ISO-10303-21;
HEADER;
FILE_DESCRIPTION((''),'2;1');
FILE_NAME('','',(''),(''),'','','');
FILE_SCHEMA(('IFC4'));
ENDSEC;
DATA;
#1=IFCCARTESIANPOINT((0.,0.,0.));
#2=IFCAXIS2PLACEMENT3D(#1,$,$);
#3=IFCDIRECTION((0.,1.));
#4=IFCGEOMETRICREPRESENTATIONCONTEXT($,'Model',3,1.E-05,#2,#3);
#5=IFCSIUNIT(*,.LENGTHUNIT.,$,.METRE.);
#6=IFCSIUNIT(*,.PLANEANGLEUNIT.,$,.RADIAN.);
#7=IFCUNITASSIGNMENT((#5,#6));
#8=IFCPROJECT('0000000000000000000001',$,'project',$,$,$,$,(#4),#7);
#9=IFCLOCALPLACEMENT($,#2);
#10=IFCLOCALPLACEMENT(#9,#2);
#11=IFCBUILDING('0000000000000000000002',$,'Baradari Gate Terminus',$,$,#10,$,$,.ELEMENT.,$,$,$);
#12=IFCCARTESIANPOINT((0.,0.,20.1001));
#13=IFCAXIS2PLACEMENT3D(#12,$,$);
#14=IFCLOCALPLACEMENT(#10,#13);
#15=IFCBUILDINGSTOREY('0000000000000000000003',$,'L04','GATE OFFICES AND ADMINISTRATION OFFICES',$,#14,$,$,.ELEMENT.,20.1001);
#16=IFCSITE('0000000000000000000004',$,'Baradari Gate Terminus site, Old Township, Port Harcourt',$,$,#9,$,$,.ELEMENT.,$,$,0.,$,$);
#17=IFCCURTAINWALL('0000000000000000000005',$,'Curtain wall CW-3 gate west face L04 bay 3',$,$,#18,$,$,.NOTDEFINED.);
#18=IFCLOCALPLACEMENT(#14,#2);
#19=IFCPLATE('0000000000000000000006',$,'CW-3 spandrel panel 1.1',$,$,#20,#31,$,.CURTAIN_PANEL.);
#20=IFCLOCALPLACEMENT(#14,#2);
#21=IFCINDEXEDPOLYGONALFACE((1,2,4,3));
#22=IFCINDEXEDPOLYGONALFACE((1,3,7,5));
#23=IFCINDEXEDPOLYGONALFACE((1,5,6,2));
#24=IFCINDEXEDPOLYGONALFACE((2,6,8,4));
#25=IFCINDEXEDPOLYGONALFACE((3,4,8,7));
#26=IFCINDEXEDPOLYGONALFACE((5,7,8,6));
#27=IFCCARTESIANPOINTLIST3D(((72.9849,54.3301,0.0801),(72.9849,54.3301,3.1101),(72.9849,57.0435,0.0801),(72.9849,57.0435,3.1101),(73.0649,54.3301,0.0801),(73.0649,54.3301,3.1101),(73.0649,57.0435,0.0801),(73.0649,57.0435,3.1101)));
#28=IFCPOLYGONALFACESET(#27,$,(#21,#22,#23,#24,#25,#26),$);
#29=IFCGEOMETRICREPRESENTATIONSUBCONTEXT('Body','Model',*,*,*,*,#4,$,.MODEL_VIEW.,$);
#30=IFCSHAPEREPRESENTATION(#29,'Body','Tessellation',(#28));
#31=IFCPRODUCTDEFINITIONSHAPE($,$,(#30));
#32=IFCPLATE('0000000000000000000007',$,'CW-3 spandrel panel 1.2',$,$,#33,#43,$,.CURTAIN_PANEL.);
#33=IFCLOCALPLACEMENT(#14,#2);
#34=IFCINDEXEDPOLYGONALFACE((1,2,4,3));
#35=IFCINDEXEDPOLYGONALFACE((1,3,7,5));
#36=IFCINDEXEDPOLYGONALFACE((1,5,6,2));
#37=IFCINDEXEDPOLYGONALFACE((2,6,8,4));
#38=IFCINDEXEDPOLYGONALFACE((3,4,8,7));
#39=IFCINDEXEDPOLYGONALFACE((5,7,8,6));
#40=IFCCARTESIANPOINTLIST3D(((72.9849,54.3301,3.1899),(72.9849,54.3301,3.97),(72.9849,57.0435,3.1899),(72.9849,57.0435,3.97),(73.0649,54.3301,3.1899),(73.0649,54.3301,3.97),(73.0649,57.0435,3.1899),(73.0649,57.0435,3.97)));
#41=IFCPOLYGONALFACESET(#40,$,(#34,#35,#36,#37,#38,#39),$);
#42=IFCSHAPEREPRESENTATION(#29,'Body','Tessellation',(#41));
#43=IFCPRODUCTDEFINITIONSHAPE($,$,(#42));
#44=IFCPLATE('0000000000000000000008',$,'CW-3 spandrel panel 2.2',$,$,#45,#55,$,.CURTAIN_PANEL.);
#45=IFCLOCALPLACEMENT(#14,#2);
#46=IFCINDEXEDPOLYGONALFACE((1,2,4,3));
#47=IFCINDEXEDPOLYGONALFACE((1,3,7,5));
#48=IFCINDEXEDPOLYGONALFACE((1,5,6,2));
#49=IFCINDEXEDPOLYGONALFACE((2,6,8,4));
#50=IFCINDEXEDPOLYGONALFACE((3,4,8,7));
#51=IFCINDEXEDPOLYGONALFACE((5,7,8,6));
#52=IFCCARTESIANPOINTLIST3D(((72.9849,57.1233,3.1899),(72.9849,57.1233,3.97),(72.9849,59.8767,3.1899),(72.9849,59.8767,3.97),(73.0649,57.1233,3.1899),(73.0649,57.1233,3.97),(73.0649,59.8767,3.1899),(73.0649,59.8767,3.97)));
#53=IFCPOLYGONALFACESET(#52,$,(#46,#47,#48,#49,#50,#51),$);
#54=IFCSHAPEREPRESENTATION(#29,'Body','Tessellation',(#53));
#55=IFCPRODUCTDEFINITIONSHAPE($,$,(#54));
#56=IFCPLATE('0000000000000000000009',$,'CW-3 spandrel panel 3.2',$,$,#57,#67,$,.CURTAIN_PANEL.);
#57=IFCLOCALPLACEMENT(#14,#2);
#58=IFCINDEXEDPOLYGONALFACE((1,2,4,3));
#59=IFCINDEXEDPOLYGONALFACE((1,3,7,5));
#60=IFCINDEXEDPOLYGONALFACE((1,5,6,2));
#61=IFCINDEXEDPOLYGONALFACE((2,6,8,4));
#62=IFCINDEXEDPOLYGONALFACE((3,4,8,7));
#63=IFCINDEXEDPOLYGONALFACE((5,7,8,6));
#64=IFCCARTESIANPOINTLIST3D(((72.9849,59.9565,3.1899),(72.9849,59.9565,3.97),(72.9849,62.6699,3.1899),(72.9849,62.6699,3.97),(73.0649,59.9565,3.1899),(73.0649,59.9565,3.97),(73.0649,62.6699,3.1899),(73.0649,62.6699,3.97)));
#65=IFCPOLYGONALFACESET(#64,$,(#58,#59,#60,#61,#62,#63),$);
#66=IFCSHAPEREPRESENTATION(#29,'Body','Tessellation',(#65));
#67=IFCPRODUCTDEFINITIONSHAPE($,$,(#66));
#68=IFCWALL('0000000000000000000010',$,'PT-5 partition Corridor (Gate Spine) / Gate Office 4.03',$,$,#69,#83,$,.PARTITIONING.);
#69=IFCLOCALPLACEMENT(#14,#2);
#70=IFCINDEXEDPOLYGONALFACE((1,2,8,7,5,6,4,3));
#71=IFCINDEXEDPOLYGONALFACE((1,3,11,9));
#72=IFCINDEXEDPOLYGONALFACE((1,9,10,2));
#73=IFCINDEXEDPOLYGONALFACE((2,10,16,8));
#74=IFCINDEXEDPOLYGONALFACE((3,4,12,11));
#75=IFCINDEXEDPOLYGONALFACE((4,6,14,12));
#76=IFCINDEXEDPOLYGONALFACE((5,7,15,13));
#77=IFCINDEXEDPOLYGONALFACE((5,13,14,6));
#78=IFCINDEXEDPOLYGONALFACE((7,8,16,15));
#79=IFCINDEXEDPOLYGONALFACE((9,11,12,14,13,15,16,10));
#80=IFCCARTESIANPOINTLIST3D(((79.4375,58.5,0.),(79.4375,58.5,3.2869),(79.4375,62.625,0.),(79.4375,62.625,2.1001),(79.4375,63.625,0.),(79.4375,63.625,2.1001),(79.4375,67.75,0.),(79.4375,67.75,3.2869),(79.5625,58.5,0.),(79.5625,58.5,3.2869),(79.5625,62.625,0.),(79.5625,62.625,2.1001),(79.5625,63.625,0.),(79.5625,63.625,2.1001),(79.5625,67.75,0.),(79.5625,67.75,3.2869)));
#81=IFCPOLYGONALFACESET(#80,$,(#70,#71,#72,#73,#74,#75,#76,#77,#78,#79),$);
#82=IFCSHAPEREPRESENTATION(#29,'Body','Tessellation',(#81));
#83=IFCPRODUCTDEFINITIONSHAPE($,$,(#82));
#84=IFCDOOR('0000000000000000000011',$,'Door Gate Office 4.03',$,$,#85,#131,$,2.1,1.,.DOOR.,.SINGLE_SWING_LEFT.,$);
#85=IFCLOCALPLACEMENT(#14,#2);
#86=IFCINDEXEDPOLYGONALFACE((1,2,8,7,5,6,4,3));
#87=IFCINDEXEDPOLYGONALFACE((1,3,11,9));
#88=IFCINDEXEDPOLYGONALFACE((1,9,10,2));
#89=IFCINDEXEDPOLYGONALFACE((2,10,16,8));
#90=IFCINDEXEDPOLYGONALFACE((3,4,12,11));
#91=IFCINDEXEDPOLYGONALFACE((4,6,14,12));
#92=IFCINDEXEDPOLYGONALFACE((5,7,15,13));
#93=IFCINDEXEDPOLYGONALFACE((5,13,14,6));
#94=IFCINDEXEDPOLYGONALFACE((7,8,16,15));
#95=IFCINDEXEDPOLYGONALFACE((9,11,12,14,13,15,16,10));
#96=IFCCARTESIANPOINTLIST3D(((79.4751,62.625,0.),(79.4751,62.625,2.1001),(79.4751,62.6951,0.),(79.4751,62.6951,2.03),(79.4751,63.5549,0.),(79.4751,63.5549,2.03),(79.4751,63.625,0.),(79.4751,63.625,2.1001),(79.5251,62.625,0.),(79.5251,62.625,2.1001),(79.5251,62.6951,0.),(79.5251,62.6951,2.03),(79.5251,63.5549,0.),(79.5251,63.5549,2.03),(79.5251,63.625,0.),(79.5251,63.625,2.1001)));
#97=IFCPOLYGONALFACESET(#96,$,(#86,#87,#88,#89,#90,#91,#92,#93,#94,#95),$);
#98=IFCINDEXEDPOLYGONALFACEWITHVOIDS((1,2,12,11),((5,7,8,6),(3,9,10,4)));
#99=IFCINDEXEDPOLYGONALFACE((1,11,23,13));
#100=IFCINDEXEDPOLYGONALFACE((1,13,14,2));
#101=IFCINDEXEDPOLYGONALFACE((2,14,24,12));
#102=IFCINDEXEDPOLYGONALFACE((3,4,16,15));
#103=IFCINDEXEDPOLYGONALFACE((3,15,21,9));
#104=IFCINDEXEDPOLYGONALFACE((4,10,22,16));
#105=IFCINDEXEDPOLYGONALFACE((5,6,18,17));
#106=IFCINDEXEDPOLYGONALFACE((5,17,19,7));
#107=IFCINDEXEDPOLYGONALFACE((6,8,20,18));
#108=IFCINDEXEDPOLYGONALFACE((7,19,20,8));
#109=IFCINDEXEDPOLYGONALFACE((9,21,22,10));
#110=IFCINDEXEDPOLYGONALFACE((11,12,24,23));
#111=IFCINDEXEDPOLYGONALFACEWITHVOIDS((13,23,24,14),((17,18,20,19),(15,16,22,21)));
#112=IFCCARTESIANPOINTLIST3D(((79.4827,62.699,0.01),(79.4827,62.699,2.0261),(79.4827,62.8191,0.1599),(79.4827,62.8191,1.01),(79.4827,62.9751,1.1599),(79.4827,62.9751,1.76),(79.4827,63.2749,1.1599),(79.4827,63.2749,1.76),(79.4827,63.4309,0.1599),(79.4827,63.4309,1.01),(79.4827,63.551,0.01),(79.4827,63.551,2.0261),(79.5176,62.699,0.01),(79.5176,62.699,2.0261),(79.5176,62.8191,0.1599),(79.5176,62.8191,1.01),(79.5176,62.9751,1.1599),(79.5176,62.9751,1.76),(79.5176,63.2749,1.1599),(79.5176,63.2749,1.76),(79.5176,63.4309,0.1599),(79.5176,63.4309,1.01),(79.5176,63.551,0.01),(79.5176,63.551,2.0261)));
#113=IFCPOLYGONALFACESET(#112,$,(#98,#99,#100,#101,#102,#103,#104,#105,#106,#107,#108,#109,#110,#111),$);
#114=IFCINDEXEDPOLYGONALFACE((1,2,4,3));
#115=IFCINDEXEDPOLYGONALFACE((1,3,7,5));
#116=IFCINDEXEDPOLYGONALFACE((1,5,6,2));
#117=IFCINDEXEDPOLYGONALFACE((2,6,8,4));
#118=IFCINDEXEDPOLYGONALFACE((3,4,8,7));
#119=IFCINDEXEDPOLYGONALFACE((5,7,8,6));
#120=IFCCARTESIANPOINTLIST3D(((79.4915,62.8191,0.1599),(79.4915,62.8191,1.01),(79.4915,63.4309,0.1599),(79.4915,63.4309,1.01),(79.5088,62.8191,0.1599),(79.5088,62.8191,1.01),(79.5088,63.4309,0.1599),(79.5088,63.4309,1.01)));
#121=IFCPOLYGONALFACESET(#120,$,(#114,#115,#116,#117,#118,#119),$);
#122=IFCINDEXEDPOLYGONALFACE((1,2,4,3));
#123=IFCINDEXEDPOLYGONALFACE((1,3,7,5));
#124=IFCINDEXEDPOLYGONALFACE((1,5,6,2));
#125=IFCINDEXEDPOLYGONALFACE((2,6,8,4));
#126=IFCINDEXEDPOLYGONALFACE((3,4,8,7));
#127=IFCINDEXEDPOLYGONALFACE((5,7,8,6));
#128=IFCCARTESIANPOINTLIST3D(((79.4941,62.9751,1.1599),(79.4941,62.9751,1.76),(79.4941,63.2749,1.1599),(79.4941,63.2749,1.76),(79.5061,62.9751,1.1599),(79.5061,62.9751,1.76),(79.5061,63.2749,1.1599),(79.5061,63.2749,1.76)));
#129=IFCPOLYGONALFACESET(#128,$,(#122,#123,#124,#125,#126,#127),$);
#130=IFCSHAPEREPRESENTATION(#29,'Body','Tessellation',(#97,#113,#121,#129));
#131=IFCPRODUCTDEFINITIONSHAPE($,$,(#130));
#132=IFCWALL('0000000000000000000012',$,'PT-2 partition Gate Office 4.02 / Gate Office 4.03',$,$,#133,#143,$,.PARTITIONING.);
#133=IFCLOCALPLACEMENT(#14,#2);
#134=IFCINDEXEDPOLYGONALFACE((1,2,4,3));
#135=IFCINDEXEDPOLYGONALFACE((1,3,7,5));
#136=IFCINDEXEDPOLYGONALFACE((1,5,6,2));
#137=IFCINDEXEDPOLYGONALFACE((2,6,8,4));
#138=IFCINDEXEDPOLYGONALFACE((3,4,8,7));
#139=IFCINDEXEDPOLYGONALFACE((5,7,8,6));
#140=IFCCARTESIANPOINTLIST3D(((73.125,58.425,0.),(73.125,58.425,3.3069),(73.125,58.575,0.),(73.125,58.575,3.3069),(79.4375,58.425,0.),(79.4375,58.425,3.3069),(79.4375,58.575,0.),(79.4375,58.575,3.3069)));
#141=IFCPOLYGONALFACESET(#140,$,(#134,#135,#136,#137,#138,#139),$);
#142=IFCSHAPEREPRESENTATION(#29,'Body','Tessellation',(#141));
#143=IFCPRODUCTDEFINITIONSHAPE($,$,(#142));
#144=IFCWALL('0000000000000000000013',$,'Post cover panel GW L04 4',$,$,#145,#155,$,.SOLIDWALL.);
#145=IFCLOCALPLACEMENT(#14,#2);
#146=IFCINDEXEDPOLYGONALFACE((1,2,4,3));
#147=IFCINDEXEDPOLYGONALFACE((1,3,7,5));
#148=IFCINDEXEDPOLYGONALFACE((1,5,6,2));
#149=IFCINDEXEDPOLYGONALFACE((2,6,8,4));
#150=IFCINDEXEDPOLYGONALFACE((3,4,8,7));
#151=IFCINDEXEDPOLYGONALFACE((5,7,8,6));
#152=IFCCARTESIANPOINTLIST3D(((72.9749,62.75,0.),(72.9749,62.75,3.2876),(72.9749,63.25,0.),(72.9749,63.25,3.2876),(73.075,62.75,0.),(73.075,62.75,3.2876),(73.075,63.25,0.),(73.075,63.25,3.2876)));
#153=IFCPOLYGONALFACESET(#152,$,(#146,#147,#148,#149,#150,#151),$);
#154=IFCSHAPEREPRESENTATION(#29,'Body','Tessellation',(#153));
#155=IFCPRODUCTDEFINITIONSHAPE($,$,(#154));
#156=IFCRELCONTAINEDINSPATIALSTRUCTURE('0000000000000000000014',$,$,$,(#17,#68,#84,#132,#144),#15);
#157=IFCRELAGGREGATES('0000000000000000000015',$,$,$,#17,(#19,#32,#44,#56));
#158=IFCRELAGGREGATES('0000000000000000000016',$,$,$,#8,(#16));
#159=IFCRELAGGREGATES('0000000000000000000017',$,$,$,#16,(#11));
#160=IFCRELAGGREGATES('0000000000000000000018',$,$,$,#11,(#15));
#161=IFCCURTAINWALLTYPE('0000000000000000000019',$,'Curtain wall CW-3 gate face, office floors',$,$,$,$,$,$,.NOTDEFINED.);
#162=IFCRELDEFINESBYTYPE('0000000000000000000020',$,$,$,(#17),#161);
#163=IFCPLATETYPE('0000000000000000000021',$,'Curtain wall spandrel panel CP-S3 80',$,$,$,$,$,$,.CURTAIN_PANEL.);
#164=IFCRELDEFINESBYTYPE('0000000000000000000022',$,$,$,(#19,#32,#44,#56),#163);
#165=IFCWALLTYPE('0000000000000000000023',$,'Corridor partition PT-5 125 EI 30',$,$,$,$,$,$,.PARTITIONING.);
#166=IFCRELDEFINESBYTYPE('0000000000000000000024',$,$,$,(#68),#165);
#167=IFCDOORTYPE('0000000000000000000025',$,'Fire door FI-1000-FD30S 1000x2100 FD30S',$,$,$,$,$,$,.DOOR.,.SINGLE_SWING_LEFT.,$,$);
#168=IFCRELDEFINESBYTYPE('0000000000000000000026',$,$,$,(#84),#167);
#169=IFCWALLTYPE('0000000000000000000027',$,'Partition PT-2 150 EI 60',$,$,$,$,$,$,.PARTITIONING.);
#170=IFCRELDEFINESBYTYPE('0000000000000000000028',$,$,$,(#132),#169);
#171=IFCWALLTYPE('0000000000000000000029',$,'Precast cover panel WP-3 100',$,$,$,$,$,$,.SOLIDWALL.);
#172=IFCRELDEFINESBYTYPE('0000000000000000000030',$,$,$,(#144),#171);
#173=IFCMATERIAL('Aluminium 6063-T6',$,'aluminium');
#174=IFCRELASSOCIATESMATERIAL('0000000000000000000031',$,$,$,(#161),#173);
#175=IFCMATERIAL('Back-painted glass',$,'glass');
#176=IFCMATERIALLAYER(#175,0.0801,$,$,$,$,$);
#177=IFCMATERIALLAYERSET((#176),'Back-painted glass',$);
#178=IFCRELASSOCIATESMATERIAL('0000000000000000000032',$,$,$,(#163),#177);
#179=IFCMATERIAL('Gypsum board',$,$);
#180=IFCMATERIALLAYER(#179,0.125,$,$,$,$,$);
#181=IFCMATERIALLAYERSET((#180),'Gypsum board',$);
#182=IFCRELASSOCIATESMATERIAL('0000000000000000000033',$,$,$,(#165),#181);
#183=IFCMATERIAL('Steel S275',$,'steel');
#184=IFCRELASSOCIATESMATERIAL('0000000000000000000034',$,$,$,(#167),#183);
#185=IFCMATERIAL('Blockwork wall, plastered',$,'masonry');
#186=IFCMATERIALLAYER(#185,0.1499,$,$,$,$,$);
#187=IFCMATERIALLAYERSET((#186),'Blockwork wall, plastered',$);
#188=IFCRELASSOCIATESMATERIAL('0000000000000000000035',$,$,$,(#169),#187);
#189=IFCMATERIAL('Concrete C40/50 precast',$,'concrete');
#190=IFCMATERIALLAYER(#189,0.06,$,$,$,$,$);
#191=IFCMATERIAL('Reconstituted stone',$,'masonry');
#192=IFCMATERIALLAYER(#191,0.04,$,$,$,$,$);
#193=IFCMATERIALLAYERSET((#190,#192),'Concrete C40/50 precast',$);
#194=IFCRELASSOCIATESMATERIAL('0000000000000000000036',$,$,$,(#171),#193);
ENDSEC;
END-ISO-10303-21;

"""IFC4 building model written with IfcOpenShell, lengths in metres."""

from ifc_helpers import new_model, si_unit, direction, frame, frame_2d, origin, origin_2d, place, context, subcontext, project, spatial, polyline, rectangle, outline, extrude, material, layer, layer_set, type_object, element, fill, aggregate, save


model = new_model("IFC4")

# Units and contexts
model_context = context("Model", 3, precision=1e-05, world=origin(), true_north=direction((0.0, 1.0)))
body_context = subcontext(model_context, "Body", "Model", "MODEL_VIEW")
ifc_project = project(units=[si_unit("LENGTHUNIT", "METRE"), si_unit("PLANEANGLEUNIT", "RADIAN")], contexts=[model_context])

# Site, building, storey
site_placement = place(None, origin())
site = spatial("IfcSite", under=ifc_project, at=site_placement, Name="Baradari Gate Terminus site, Old Township, Port Harcourt", CompositionType="ELEMENT", RefElevation=0.0)
building_placement = place(site_placement, origin())
building = spatial("IfcBuilding", under=site, at=building_placement, Name="Baradari Gate Terminus", CompositionType="ELEMENT")
storey_placement = place(building_placement, frame((0.0, 0.0, 20.1001)))
storey = spatial("IfcBuildingStorey", under=building, at=storey_placement, Name="L04", Description="GATE OFFICES AND ADMINISTRATION OFFICES", CompositionType="ELEMENT", Elevation=20.1001)

# Curtain wall, plates
ifc_material_1 = material(Name="Aluminium 6063-T6", Category="aluminium")
curtain_wall_type = type_object("IfcCurtainWallType", Name="Curtain wall CW-3 gate face, office floors", PredefinedType="NOTDEFINED", material=ifc_material_1)
curtain_wall_placement = place(storey_placement, origin())
curtain_wall = element("IfcCurtainWall", 1, at=curtain_wall_placement, inside=storey, type_object=curtain_wall_type, Name="Curtain wall CW-3 gate west face L04 bay 3", PredefinedType="NOTDEFINED")
ifc_material_2 = material(Name="Back-painted glass", Category="glass")
ifc_layer_1 = layer(ifc_material_2, 0.0801)
ifc_layer_set_1 = layer_set([ifc_layer_1], Name="Back-painted glass")
plate_type_1 = type_object("IfcPlateType", Name="Curtain wall spandrel panel CP-S3 80", PredefinedType="CURTAIN_PANEL", material=ifc_layer_set_1)
plate_1_placement = place(storey_placement, frame((73.0249, 55.6868, 0.0801), z_axis=(0.0, 0.0, 1.0), x_axis=(0.0, 1.0, 0.0)))
plate_1 = element("IfcPlate", 2, at=plate_1_placement, type_object=plate_type_1, Name="CW-3 spandrel panel 1.1", PredefinedType="CURTAIN_PANEL", context=body_context, shape_type="SweptSolid", body=[
    extrude(rectangle(XDim=2.7134, YDim=0.0801, at=origin_2d()), origin(), (0.0, 0.0, 1.0), 3.03),
])
plate_2_placement = place(storey_placement, frame((73.0249, 55.6868, 3.1899), z_axis=(0.0, 0.0, 1.0), x_axis=(0.0, 1.0, 0.0)))
plate_2 = element("IfcPlate", 3, at=plate_2_placement, type_object=plate_type_1, Name="CW-3 spandrel panel 1.2", PredefinedType="CURTAIN_PANEL", context=body_context, shape_type="SweptSolid", body=[
    extrude(rectangle(XDim=2.7134, YDim=0.0801, at=origin_2d()), origin(), (0.0, 0.0, 1.0), 0.78),
])
plate_3_placement = place(storey_placement, frame((73.0249, 58.5, 3.1899), z_axis=(0.0, 0.0, 1.0), x_axis=(0.0, 1.0, 0.0)))
plate_3 = element("IfcPlate", 4, at=plate_3_placement, type_object=plate_type_1, Name="CW-3 spandrel panel 2.2", PredefinedType="CURTAIN_PANEL", context=body_context, shape_type="SweptSolid", body=[
    extrude(rectangle(XDim=2.7534, YDim=0.0801, at=origin_2d()), origin(), (0.0, 0.0, 1.0), 0.78),
])
plate_4_placement = place(storey_placement, frame((73.0249, 61.3132, 3.1899), z_axis=(0.0, 0.0, 1.0), x_axis=(0.0, 1.0, 0.0)))
plate_4 = element("IfcPlate", 5, at=plate_4_placement, type_object=plate_type_1, Name="CW-3 spandrel panel 3.2", PredefinedType="CURTAIN_PANEL", context=body_context, shape_type="SweptSolid", body=[
    extrude(rectangle(XDim=2.7134, YDim=0.0801, at=origin_2d()), origin(), (0.0, 0.0, 1.0), 0.78),
])
aggregate(curtain_wall, [plate_1, plate_2, plate_3, plate_4])

# Wall, opening, door
ifc_material_3 = material(Name="Gypsum board")
ifc_layer_2 = layer(ifc_material_3, 0.125)
ifc_layer_set_2 = layer_set([ifc_layer_2], Name="Gypsum board")
wall_type_1 = type_object("IfcWallType", Name="Corridor partition PT-5 125 EI 30", PredefinedType="PARTITIONING", material=ifc_layer_set_2)
wall_1_placement = place(storey_placement, frame((79.5, 58.5, 0.0), z_axis=(0.0, 0.0, 1.0), x_axis=(0.0, 1.0, 0.0)))
wall_1 = element("IfcWall", 6, at=wall_1_placement, inside=storey, type_object=wall_type_1, Name="PT-5 partition Corridor (Gate Spine) / Gate Office 4.03", PredefinedType="PARTITIONING", context=body_context, shape_type="SweptSolid", body=[
    extrude(rectangle(XDim=9.25, YDim=0.125, at=frame_2d((4.625, 0.0))), origin(), (0.0, 0.0, 1.0), 3.2869),
])
opening_placement = place(wall_1_placement, frame((4.125, 0.0, 0.0)))
opening = element("IfcOpeningElement", 7, at=opening_placement, cuts=wall_1, PredefinedType="OPENING", context=body_context, shape_type="SweptSolid", body=[
    extrude(rectangle(XDim=1.0, YDim=2.1001, at=frame_2d((0.5, 1.05))), frame((0.0, 0.0725, 0.0), z_axis=(0.0, -1.0, 0.0), x_axis=(1.0, 0.0, 0.0)), (0.0, 0.0, 1.0), 0.145),
])
ifc_material_4 = material(Name="Steel S275", Category="steel")
door_type = type_object("IfcDoorType", Name="Fire door FI-1000-FD30S 1000x2100 FD30S", OperationType="SINGLE_SWING_LEFT", PredefinedType="DOOR", material=ifc_material_4)
door_placement = place(opening_placement, origin())
door = element("IfcDoor", 8, at=door_placement, inside=storey, type_object=door_type, Name="Door Gate Office 4.03", OperationType="SINGLE_SWING_LEFT", OverallHeight=2.1, OverallWidth=1.0, PredefinedType="DOOR", context=body_context, shape_type="SweptSolid", body=[
    extrude(outline(polyline([(0.0, 0.0), (0.0701, 0.0), (0.0701, 2.03), (0.9299, 2.03), (0.9299, 0.0), (1.0, 0.0), (1.0, 2.1001), (0.0, 2.1001), (0.0, 0.0)])), frame((0.0, 0.0249, 0.0), z_axis=(0.0, -1.0, 0.0), x_axis=(1.0, 0.0, 0.0)), (0.0, 0.0, 1.0), 0.05),
    extrude(outline(polyline([(0.074, 0.01), (0.926, 0.01), (0.926, 2.0261), (0.074, 2.0261), (0.074, 0.01)]), holes=[polyline([(0.1941, 0.1599), (0.8059, 0.1599), (0.8059, 1.01), (0.1941, 1.01), (0.1941, 0.1599)]), polyline([(0.3501, 1.1599), (0.6499, 1.1599), (0.6499, 1.76), (0.3501, 1.76), (0.3501, 1.1599)])]), frame((0.0, 0.0173, 0.0), z_axis=(0.0, -1.0, 0.0), x_axis=(1.0, 0.0, 0.0)), (0.0, 0.0, 1.0), 0.0349),
    extrude(rectangle(XDim=0.6118, YDim=0.8501, at=frame_2d((0.5, 0.585))), frame((0.0, 0.0085, 0.0), z_axis=(0.0, -1.0, 0.0), x_axis=(1.0, 0.0, 0.0)), (0.0, 0.0, 1.0), 0.0173),
    extrude(rectangle(XDim=0.2998, YDim=0.6001, at=frame_2d((0.5, 1.46))), frame((0.0, 0.0059, 0.0), z_axis=(0.0, -1.0, 0.0), x_axis=(1.0, 0.0, 0.0)), (0.0, 0.0, 1.0), 0.012),
])
fill(opening, door)

# Walls
ifc_material_5 = material(Name="Blockwork wall, plastered", Category="masonry")
ifc_layer_3 = layer(ifc_material_5, 0.1499)
ifc_layer_set_3 = layer_set([ifc_layer_3], Name="Blockwork wall, plastered")
wall_type_2 = type_object("IfcWallType", Name="Partition PT-2 150 EI 60", PredefinedType="PARTITIONING", material=ifc_layer_set_3)
wall_2_placement = place(storey_placement, frame((73.125, 58.5, 0.0), z_axis=(0.0, 0.0, 1.0), x_axis=(1.0, 0.0, 0.0)))
element("IfcWall", 9, at=wall_2_placement, inside=storey, type_object=wall_type_2, Name="PT-2 partition Gate Office 4.02 / Gate Office 4.03", PredefinedType="PARTITIONING", context=body_context, shape_type="SweptSolid", body=[
    extrude(rectangle(XDim=6.3125, YDim=0.1499, at=frame_2d((3.1562, 0.0))), origin(), (0.0, 0.0, 1.0), 3.3069),
])
ifc_material_6 = material(Name="Concrete C40/50 precast", Category="concrete")
ifc_layer_4 = layer(ifc_material_6, 0.06)
ifc_material_7 = material(Name="Reconstituted stone", Category="masonry")
ifc_layer_5 = layer(ifc_material_7, 0.04)
ifc_layer_set_4 = layer_set([ifc_layer_4, ifc_layer_5], Name="Concrete C40/50 precast")
wall_type_3 = type_object("IfcWallType", Name="Precast cover panel WP-3 100", PredefinedType="SOLIDWALL", material=ifc_layer_set_4)
wall_3_placement = place(storey_placement, frame((73.0249, 62.75, 0.0), z_axis=(0.0, 0.0, 1.0), x_axis=(0.0, 1.0, 0.0)))
element("IfcWall", 10, at=wall_3_placement, inside=storey, type_object=wall_type_3, Name="Post cover panel GW L04 4", PredefinedType="SOLIDWALL", context=body_context, shape_type="SweptSolid", body=[
    extrude(rectangle(XDim=0.5, YDim=0.1001, at=frame_2d((0.25, 0.0))), origin(), (0.0, 0.0, 1.0), 3.2876),
])

save(model, "model.ifc")
